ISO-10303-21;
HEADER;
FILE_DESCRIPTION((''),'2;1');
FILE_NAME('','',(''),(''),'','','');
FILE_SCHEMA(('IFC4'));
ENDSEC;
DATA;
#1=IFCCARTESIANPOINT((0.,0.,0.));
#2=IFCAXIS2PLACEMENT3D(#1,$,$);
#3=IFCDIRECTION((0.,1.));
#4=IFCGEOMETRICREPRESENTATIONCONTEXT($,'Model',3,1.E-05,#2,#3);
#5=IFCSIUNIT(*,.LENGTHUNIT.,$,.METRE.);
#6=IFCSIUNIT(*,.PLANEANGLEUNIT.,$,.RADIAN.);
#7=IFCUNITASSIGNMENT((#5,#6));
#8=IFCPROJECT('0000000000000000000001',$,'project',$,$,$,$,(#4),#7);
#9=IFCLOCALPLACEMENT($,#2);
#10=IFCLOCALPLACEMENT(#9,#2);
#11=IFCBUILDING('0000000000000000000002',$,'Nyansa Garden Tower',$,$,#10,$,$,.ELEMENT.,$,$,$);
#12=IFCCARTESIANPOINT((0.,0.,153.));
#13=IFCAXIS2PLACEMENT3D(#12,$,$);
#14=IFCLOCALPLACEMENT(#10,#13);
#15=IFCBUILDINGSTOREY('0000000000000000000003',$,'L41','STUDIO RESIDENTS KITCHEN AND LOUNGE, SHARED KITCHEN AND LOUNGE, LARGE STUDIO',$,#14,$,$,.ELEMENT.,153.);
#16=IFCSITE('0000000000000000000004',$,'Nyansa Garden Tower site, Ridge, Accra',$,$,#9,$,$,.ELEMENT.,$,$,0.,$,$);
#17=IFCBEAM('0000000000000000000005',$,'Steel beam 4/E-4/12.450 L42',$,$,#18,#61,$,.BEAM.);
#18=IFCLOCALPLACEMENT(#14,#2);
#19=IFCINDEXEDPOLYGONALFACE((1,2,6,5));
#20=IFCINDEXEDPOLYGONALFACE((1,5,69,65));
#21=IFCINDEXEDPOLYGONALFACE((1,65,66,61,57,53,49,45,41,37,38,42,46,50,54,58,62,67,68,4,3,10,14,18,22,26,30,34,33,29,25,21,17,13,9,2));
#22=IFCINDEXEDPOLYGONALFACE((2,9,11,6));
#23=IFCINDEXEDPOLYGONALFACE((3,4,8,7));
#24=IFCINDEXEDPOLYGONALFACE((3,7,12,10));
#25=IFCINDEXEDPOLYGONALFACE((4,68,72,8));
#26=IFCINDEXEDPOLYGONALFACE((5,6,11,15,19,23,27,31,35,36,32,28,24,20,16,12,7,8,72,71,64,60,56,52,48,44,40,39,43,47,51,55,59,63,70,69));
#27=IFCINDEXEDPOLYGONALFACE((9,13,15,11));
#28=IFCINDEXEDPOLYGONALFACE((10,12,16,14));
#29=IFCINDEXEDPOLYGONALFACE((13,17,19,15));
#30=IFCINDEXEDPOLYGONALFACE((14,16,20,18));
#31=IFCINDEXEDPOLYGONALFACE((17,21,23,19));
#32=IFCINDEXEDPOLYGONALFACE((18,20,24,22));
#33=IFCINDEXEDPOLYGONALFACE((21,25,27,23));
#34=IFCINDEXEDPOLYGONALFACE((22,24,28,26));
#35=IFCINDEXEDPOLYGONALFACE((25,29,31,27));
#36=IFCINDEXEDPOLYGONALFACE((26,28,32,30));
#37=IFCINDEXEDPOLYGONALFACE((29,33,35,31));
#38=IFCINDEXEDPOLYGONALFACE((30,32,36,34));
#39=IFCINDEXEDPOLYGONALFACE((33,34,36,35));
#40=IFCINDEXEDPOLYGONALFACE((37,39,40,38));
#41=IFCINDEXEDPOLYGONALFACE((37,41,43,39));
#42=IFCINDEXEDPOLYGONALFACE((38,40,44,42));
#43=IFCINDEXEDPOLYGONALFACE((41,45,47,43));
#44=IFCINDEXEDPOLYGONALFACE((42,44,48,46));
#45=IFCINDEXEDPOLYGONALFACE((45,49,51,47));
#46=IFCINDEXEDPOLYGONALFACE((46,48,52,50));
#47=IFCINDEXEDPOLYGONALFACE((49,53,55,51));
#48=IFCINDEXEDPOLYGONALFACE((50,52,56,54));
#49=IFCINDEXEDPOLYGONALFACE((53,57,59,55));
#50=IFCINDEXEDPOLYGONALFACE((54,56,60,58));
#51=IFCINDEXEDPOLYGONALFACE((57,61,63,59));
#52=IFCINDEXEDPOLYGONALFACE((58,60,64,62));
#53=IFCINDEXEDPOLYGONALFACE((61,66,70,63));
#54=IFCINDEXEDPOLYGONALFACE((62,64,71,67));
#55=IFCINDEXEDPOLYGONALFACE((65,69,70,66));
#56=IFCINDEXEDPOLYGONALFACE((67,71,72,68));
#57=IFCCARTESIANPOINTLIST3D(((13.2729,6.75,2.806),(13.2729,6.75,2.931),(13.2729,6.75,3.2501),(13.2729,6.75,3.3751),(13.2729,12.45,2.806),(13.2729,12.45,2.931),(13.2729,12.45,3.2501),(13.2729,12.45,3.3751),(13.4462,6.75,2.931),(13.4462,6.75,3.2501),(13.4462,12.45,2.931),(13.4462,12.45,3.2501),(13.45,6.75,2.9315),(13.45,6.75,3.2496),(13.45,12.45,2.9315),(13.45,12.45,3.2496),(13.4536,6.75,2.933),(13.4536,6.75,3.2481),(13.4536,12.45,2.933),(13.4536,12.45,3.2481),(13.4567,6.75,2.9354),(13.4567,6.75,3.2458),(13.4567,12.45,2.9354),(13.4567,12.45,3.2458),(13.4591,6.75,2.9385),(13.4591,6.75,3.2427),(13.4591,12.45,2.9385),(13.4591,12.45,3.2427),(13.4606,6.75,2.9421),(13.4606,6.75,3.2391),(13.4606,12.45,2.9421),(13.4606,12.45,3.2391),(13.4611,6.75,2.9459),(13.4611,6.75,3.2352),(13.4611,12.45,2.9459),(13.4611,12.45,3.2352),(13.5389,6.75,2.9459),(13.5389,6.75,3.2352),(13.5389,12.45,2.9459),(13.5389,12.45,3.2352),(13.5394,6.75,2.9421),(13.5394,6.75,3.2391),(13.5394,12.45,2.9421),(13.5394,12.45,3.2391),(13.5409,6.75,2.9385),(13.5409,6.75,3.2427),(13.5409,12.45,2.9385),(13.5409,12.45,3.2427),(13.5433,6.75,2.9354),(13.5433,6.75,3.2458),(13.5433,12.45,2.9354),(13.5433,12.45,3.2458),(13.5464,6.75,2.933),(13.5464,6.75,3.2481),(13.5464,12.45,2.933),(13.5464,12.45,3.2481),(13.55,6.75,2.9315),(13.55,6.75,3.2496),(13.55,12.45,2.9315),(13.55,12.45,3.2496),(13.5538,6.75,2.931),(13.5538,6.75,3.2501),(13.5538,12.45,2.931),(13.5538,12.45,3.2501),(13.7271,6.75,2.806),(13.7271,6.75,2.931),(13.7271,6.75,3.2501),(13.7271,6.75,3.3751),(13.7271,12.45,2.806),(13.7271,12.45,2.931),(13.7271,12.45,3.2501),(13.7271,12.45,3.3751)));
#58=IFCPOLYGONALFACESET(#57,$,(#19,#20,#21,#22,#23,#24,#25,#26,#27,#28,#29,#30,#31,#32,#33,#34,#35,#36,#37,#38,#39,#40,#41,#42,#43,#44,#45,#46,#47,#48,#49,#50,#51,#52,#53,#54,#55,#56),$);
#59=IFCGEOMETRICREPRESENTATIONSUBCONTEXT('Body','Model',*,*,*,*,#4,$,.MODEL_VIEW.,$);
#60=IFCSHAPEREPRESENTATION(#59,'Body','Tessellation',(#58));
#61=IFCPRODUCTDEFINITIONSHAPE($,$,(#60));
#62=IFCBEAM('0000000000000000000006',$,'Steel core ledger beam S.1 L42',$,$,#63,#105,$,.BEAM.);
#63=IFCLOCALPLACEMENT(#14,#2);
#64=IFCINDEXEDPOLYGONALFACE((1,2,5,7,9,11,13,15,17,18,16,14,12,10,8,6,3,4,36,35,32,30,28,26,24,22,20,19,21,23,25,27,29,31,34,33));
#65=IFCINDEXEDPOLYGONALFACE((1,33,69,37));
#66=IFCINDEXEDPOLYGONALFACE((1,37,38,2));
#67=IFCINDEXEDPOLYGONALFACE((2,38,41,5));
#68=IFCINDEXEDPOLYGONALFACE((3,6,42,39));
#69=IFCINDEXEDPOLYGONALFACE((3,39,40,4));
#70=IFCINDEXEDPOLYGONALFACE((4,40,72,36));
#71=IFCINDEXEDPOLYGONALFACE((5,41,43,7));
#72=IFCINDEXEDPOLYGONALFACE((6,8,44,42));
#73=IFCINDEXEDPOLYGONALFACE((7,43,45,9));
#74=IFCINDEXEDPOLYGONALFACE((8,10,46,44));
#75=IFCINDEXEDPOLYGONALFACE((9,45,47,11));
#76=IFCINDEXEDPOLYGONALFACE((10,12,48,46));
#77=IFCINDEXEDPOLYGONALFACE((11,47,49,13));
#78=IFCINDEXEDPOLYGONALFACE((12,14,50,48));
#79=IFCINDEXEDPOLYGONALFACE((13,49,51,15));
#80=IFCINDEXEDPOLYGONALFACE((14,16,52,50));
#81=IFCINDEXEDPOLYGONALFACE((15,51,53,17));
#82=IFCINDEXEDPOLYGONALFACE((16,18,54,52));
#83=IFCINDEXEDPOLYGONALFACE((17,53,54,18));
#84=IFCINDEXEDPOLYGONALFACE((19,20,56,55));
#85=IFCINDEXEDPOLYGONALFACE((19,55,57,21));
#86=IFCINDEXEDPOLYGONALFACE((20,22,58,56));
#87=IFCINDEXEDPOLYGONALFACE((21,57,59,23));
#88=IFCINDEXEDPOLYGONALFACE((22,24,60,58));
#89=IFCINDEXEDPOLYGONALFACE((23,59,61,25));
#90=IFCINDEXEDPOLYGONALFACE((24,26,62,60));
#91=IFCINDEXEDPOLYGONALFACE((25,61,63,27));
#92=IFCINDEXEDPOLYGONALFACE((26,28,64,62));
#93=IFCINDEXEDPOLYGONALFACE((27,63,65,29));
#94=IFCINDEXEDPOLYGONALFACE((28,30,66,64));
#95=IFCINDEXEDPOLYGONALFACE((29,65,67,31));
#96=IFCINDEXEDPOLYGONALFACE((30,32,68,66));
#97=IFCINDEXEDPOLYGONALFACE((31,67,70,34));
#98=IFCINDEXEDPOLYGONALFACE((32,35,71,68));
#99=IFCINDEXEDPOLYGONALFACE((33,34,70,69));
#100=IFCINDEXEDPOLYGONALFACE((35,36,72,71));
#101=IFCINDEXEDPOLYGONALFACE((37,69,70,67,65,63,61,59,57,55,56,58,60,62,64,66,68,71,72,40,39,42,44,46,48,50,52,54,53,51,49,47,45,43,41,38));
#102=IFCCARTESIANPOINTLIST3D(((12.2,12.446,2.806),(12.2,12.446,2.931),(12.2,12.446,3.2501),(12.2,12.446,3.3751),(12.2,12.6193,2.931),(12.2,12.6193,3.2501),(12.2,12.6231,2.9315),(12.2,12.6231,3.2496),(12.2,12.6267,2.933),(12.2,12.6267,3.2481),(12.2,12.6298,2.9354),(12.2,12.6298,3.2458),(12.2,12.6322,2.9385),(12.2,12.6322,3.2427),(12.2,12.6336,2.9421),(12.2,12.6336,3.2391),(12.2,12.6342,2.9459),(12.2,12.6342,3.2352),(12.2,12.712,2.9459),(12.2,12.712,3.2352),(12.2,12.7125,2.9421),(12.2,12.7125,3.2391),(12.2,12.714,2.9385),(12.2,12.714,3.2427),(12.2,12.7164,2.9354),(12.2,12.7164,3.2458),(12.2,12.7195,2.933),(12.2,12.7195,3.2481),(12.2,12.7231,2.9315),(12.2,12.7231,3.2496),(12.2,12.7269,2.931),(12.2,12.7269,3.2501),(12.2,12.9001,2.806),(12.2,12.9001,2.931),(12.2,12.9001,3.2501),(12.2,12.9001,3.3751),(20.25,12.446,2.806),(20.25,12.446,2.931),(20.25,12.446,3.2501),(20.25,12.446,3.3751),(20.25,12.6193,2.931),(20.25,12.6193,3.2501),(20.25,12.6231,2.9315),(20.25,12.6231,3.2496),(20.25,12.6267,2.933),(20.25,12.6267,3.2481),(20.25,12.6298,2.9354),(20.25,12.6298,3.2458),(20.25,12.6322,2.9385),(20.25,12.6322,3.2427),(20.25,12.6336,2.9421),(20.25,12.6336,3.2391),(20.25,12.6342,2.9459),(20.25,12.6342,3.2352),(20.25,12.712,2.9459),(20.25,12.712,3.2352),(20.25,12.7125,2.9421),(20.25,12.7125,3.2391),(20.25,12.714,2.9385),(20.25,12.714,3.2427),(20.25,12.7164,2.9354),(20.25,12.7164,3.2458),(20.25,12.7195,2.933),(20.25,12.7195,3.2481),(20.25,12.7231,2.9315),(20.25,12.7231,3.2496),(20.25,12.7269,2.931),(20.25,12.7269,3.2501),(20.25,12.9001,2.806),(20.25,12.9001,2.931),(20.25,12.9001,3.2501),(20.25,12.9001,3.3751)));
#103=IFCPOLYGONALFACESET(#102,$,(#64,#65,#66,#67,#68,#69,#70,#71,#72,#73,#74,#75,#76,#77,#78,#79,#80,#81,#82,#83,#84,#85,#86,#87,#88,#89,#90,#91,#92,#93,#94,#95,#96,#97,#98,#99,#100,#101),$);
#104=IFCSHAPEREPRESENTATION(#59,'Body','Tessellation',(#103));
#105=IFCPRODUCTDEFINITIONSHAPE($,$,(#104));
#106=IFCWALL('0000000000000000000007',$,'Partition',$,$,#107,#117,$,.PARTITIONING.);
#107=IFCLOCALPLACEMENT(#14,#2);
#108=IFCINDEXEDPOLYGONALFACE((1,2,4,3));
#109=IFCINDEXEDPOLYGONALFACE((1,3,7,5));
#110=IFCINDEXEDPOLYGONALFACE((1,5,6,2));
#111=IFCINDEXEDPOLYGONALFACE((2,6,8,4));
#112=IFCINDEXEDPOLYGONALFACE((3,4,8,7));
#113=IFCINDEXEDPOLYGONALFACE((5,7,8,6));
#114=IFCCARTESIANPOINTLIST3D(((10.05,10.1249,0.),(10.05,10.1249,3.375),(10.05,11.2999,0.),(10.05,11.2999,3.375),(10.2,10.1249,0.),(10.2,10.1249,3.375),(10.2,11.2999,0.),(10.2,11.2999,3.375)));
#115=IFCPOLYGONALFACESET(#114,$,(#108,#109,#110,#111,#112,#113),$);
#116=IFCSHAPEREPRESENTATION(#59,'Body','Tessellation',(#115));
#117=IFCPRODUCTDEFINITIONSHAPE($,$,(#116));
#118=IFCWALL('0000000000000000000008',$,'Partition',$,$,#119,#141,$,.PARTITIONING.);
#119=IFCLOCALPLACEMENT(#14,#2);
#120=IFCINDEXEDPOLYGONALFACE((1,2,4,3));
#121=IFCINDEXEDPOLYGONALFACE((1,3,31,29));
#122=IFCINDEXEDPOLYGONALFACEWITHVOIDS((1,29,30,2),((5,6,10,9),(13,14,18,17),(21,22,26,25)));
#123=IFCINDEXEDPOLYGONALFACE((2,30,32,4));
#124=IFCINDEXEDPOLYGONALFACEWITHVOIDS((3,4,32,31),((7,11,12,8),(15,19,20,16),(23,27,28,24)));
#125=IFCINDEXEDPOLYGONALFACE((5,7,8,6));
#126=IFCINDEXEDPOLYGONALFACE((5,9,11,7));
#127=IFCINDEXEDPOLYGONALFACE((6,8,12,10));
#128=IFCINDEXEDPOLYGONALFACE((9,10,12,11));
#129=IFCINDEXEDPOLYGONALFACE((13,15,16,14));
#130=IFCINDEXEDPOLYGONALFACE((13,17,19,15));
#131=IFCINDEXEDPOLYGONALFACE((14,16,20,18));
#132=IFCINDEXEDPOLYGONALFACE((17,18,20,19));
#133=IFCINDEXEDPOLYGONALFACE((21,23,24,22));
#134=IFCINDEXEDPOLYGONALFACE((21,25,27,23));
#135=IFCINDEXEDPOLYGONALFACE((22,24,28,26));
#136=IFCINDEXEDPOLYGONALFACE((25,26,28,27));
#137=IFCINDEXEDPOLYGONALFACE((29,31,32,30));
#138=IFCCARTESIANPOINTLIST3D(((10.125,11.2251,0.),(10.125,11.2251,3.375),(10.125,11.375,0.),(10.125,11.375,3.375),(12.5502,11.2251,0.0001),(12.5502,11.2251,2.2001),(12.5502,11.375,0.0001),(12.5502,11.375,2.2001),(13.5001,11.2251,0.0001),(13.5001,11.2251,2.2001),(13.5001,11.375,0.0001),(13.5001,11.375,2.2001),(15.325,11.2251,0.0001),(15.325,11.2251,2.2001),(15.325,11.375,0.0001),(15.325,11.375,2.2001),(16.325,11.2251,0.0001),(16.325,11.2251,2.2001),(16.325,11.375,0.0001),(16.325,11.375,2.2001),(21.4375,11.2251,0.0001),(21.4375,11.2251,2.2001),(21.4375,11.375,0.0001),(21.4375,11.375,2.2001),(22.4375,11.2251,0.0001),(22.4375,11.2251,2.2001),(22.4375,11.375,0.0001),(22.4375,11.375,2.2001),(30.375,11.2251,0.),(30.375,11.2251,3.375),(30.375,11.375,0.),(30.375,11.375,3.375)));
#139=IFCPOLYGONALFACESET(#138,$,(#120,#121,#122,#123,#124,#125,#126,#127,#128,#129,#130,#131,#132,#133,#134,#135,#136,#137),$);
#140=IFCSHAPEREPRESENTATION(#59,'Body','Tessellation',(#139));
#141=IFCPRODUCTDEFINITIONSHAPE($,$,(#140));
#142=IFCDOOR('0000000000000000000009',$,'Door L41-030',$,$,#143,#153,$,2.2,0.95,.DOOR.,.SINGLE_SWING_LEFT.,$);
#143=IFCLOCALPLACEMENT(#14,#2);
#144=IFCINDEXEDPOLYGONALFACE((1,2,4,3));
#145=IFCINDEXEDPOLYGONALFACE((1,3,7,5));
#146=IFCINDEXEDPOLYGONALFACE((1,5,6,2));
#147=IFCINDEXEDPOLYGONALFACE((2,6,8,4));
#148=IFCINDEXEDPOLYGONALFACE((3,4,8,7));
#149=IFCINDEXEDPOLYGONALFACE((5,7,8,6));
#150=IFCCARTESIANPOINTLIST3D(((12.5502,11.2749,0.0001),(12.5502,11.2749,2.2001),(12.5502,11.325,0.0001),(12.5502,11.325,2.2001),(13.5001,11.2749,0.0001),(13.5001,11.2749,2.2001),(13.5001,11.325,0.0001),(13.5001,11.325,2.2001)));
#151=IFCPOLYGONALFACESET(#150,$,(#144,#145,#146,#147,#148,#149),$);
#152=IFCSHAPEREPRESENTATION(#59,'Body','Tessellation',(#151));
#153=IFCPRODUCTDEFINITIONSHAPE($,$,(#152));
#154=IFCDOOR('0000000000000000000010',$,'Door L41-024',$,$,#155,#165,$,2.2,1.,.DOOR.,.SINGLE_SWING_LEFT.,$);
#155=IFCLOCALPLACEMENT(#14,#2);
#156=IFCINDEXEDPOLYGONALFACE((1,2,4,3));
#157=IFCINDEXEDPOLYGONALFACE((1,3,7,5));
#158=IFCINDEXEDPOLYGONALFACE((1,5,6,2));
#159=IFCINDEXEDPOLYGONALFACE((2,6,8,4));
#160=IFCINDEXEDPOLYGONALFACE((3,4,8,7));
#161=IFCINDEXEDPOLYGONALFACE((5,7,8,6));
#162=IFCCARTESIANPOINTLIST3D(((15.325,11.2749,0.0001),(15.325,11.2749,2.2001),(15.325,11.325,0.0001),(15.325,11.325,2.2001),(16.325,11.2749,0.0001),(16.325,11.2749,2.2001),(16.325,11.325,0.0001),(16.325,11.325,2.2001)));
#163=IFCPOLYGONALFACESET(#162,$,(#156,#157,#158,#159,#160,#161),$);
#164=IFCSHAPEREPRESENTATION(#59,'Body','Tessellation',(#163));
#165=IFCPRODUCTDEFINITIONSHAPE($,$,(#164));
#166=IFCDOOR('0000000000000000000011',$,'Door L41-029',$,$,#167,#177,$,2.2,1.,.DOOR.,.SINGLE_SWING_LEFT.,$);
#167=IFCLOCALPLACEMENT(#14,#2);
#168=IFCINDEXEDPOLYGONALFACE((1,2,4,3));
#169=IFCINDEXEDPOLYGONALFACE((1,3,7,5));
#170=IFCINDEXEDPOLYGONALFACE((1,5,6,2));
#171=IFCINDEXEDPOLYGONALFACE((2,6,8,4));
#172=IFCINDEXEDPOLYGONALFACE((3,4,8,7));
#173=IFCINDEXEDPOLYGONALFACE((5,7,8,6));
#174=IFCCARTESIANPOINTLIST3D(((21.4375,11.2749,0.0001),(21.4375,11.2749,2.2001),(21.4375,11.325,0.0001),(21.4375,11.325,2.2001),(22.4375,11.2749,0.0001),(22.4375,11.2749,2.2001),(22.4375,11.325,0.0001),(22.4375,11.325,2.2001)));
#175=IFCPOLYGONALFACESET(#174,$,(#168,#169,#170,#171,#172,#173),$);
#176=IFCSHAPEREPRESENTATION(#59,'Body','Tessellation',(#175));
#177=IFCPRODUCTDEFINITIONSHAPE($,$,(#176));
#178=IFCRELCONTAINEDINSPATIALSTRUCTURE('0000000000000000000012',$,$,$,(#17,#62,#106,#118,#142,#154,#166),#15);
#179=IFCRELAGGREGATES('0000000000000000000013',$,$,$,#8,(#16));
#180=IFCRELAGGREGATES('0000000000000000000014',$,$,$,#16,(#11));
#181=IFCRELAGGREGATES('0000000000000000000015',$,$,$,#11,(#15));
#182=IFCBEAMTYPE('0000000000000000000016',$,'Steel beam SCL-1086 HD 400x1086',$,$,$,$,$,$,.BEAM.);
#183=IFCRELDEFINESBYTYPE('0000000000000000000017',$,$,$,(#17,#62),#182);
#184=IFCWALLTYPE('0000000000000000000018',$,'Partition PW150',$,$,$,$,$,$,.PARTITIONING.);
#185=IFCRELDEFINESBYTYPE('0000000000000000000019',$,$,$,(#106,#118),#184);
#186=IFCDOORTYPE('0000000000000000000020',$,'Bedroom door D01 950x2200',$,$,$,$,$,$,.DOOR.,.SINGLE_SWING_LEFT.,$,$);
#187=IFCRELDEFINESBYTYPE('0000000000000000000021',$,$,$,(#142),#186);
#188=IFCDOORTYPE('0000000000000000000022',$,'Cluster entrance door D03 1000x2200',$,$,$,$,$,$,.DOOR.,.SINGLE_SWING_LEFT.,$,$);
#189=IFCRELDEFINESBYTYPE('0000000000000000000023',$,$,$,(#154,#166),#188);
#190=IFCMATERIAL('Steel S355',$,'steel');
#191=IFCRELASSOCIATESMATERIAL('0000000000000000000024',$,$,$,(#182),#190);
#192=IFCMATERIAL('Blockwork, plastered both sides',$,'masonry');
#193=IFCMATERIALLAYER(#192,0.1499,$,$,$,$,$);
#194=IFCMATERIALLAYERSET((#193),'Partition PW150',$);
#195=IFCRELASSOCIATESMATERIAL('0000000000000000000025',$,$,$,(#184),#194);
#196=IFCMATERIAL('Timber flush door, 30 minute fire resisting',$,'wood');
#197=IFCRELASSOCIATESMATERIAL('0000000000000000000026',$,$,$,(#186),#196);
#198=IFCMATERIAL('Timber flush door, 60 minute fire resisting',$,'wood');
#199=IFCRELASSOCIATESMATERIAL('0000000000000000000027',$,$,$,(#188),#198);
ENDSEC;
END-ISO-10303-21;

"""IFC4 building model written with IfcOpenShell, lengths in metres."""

from ifc_helpers import new_model, si_unit, direction, frame, frame_2d, origin, origin_2d, place, context, subcontext, project, spatial, rectangle, i_section, extrude, material, layer, layer_set, material_profile, profile_set, type_object, element, fill, save


model = new_model("IFC4")

# Units and contexts
model_context = context("Model", 3, precision=1e-05, world=origin(), true_north=direction((0.0, 1.0)))
body_context = subcontext(model_context, "Body", "Model", "MODEL_VIEW")
ifc_project = project(units=[si_unit("LENGTHUNIT", "METRE"), si_unit("PLANEANGLEUNIT", "RADIAN")], contexts=[model_context])

# Site, building, storey
site_placement = place(None, origin())
site = spatial("IfcSite", under=ifc_project, at=site_placement, Name="Nyansa Garden Tower site, Ridge, Accra", CompositionType="ELEMENT", RefElevation=0.0)
building_placement = place(site_placement, origin())
building = spatial("IfcBuilding", under=site, at=building_placement, Name="Nyansa Garden Tower", CompositionType="ELEMENT")
storey_placement = place(building_placement, frame((0.0, 0.0, 153.0)))
storey = spatial("IfcBuildingStorey", under=building, at=storey_placement, Name="L41", Description="STUDIO RESIDENTS KITCHEN AND LOUNGE, SHARED KITCHEN AND LOUNGE, LARGE STUDIO", CompositionType="ELEMENT", Elevation=153.0)

# Beams
ifc_material_1 = material(Name="Steel S355", Category="steel")
ifc_material_profile_1 = material_profile(ifc_material_1, i_section(OverallWidth=0.4541, OverallDepth=0.5691, WebThickness=0.0779, FlangeThickness=0.125, FilletRadius=0.0149, at=origin_2d()), Name="HD 400x1086")
ifc_profile_set_1 = profile_set([ifc_material_profile_1], Name="Steel S355")
beam_type_1 = type_object("IfcBeamType", Name="Steel beam SCL-1086 HD 400x1086", PredefinedType="BEAM", material=ifc_profile_set_1)
beam_1_placement = place(storey_placement, frame((13.5, 6.75, 3.0906), z_axis=(0.0, 1.0, 0.0), x_axis=(-1.0, 0.0, 0.0)))
element("IfcBeam", 1, at=beam_1_placement, inside=storey, type_object=beam_type_1, Name="Steel beam 4/E-4/12.450 L42", PredefinedType="BEAM", context=body_context, shape_type="SweptSolid", body=[
    extrude(i_section(OverallWidth=0.4541, OverallDepth=0.5691, WebThickness=0.0779, FlangeThickness=0.125, FilletRadius=0.0149, at=origin_2d()), origin(), (0.0, 0.0, 1.0), 5.7),
])
beam_2_placement = place(storey_placement, frame((12.2, 12.6731, 3.0906), z_axis=(1.0, 0.0, 0.0), x_axis=(0.0, 1.0, 0.0)))
element("IfcBeam", 2, at=beam_2_placement, inside=storey, type_object=beam_type_1, Name="Steel core ledger beam S.1 L42", PredefinedType="BEAM", context=body_context, shape_type="SweptSolid", body=[
    extrude(i_section(OverallWidth=0.4541, OverallDepth=0.5691, WebThickness=0.0779, FlangeThickness=0.125, FilletRadius=0.0149, at=origin_2d()), origin(), (0.0, 0.0, 1.0), 8.05),
])

# Wall
ifc_material_2 = material(Name="Blockwork, plastered both sides", Category="masonry")
ifc_layer = layer(ifc_material_2, 0.1499)
ifc_layer_set = layer_set([ifc_layer], Name="Partition PW150")
wall_type = type_object("IfcWallType", Name="Partition PW150", PredefinedType="PARTITIONING", material=ifc_layer_set)
wall_1_placement = place(storey_placement, frame((10.125, 10.125, 0.0), z_axis=(0.0, 0.0, 1.0), x_axis=(0.0, 1.0, 0.0)))
element("IfcWall", 3, at=wall_1_placement, inside=storey, type_object=wall_type, Name="Partition", PredefinedType="PARTITIONING", context=body_context, shape_type="SweptSolid", body=[
    extrude(rectangle(XDim=1.175, YDim=0.1499, at=frame_2d((0.5874, 0.0))), origin(), (0.0, 0.0, 1.0), 3.375),
])

# Wall, openings, doors
wall_2_placement = place(storey_placement, frame((10.125, 11.3, 0.0), z_axis=(0.0, 0.0, 1.0), x_axis=(1.0, 0.0, 0.0)))
wall_2 = element("IfcWall", 4, at=wall_2_placement, inside=storey, type_object=wall_type, Name="Partition", PredefinedType="PARTITIONING", context=body_context, shape_type="SweptSolid", body=[
    extrude(rectangle(XDim=20.25, YDim=0.1499, at=frame_2d((10.125, 0.0))), origin(), (0.0, 0.0, 1.0), 3.375),
])
opening_1_placement = place(wall_2_placement, frame((5.2, 0.0, 0.0)))
opening_1 = element("IfcOpeningElement", 5, at=opening_1_placement, cuts=wall_2, PredefinedType="OPENING", context=body_context, shape_type="SweptSolid", body=[
    extrude(rectangle(XDim=1.0, YDim=2.2, at=frame_2d((0.5, 1.1001))), frame((0.0, 0.085, 0.0), z_axis=(0.0, -1.0, 0.0), x_axis=(1.0, 0.0, 0.0)), (0.0, 0.0, 1.0), 0.1699),
])
opening_2_placement = place(wall_2_placement, frame((11.3125, 0.0, 0.0)))
opening_2 = element("IfcOpeningElement", 6, at=opening_2_placement, cuts=wall_2, PredefinedType="OPENING", context=body_context, shape_type="SweptSolid", body=[
    extrude(rectangle(XDim=1.0, YDim=2.2, at=frame_2d((0.5, 1.1001))), frame((0.0, 0.085, 0.0), z_axis=(0.0, -1.0, 0.0), x_axis=(1.0, 0.0, 0.0)), (0.0, 0.0, 1.0), 0.1699),
])
opening_3_placement = place(wall_2_placement, frame((2.425, 0.0, 0.0)))
opening_3 = element("IfcOpeningElement", 7, at=opening_3_placement, cuts=wall_2, PredefinedType="OPENING", context=body_context, shape_type="SweptSolid", body=[
    extrude(rectangle(XDim=0.95, YDim=2.2, at=frame_2d((0.4751, 1.1001))), frame((0.0, 0.085, 0.0), z_axis=(0.0, -1.0, 0.0), x_axis=(1.0, 0.0, 0.0)), (0.0, 0.0, 1.0), 0.1699),
])
ifc_material_3 = material(Name="Timber flush door, 30 minute fire resisting", Category="wood")
door_type_1 = type_object("IfcDoorType", Name="Bedroom door D01 950x2200", OperationType="SINGLE_SWING_LEFT", PredefinedType="DOOR", material=ifc_material_3)
door_1_placement = place(opening_3_placement, origin())
door_1 = element("IfcDoor", 8, at=door_1_placement, inside=storey, type_object=door_type_1, Name="Door L41-030", OperationType="SINGLE_SWING_LEFT", OverallHeight=2.2, OverallWidth=0.95, PredefinedType="DOOR", context=body_context, shape_type="SweptSolid", body=[
    extrude(rectangle(XDim=0.95, YDim=2.2, at=frame_2d((0.4751, 1.1001))), frame((0.0, 0.0249, 0.0), z_axis=(0.0, -1.0, 0.0), x_axis=(1.0, 0.0, 0.0)), (0.0, 0.0, 1.0), 0.05),
])
fill(opening_3, door_1)
ifc_material_4 = material(Name="Timber flush door, 60 minute fire resisting", Category="wood")
door_type_2 = type_object("IfcDoorType", Name="Cluster entrance door D03 1000x2200", OperationType="SINGLE_SWING_LEFT", PredefinedType="DOOR", material=ifc_material_4)
door_2_placement = place(opening_1_placement, origin())
door_2 = element("IfcDoor", 9, at=door_2_placement, inside=storey, type_object=door_type_2, Name="Door L41-024", OperationType="SINGLE_SWING_LEFT", OverallHeight=2.2, OverallWidth=1.0, PredefinedType="DOOR", context=body_context, shape_type="SweptSolid", body=[
    extrude(rectangle(XDim=1.0, YDim=2.2, at=frame_2d((0.5, 1.1001))), frame((0.0, 0.0249, 0.0), z_axis=(0.0, -1.0, 0.0), x_axis=(1.0, 0.0, 0.0)), (0.0, 0.0, 1.0), 0.05),
])
fill(opening_1, door_2)
door_3_placement = place(opening_2_placement, origin())
door_3 = element("IfcDoor", 10, at=door_3_placement, inside=storey, type_object=door_type_2, Name="Door L41-029", OperationType="SINGLE_SWING_LEFT", OverallHeight=2.2, OverallWidth=1.0, PredefinedType="DOOR", context=body_context, shape_type="SweptSolid", body=[
    extrude(rectangle(XDim=1.0, YDim=2.2, at=frame_2d((0.5, 1.1001))), frame((0.0, 0.0249, 0.0), z_axis=(0.0, -1.0, 0.0), x_axis=(1.0, 0.0, 0.0)), (0.0, 0.0, 1.0), 0.05),
])
fill(opening_2, door_3)

save(model, "model.ifc")
